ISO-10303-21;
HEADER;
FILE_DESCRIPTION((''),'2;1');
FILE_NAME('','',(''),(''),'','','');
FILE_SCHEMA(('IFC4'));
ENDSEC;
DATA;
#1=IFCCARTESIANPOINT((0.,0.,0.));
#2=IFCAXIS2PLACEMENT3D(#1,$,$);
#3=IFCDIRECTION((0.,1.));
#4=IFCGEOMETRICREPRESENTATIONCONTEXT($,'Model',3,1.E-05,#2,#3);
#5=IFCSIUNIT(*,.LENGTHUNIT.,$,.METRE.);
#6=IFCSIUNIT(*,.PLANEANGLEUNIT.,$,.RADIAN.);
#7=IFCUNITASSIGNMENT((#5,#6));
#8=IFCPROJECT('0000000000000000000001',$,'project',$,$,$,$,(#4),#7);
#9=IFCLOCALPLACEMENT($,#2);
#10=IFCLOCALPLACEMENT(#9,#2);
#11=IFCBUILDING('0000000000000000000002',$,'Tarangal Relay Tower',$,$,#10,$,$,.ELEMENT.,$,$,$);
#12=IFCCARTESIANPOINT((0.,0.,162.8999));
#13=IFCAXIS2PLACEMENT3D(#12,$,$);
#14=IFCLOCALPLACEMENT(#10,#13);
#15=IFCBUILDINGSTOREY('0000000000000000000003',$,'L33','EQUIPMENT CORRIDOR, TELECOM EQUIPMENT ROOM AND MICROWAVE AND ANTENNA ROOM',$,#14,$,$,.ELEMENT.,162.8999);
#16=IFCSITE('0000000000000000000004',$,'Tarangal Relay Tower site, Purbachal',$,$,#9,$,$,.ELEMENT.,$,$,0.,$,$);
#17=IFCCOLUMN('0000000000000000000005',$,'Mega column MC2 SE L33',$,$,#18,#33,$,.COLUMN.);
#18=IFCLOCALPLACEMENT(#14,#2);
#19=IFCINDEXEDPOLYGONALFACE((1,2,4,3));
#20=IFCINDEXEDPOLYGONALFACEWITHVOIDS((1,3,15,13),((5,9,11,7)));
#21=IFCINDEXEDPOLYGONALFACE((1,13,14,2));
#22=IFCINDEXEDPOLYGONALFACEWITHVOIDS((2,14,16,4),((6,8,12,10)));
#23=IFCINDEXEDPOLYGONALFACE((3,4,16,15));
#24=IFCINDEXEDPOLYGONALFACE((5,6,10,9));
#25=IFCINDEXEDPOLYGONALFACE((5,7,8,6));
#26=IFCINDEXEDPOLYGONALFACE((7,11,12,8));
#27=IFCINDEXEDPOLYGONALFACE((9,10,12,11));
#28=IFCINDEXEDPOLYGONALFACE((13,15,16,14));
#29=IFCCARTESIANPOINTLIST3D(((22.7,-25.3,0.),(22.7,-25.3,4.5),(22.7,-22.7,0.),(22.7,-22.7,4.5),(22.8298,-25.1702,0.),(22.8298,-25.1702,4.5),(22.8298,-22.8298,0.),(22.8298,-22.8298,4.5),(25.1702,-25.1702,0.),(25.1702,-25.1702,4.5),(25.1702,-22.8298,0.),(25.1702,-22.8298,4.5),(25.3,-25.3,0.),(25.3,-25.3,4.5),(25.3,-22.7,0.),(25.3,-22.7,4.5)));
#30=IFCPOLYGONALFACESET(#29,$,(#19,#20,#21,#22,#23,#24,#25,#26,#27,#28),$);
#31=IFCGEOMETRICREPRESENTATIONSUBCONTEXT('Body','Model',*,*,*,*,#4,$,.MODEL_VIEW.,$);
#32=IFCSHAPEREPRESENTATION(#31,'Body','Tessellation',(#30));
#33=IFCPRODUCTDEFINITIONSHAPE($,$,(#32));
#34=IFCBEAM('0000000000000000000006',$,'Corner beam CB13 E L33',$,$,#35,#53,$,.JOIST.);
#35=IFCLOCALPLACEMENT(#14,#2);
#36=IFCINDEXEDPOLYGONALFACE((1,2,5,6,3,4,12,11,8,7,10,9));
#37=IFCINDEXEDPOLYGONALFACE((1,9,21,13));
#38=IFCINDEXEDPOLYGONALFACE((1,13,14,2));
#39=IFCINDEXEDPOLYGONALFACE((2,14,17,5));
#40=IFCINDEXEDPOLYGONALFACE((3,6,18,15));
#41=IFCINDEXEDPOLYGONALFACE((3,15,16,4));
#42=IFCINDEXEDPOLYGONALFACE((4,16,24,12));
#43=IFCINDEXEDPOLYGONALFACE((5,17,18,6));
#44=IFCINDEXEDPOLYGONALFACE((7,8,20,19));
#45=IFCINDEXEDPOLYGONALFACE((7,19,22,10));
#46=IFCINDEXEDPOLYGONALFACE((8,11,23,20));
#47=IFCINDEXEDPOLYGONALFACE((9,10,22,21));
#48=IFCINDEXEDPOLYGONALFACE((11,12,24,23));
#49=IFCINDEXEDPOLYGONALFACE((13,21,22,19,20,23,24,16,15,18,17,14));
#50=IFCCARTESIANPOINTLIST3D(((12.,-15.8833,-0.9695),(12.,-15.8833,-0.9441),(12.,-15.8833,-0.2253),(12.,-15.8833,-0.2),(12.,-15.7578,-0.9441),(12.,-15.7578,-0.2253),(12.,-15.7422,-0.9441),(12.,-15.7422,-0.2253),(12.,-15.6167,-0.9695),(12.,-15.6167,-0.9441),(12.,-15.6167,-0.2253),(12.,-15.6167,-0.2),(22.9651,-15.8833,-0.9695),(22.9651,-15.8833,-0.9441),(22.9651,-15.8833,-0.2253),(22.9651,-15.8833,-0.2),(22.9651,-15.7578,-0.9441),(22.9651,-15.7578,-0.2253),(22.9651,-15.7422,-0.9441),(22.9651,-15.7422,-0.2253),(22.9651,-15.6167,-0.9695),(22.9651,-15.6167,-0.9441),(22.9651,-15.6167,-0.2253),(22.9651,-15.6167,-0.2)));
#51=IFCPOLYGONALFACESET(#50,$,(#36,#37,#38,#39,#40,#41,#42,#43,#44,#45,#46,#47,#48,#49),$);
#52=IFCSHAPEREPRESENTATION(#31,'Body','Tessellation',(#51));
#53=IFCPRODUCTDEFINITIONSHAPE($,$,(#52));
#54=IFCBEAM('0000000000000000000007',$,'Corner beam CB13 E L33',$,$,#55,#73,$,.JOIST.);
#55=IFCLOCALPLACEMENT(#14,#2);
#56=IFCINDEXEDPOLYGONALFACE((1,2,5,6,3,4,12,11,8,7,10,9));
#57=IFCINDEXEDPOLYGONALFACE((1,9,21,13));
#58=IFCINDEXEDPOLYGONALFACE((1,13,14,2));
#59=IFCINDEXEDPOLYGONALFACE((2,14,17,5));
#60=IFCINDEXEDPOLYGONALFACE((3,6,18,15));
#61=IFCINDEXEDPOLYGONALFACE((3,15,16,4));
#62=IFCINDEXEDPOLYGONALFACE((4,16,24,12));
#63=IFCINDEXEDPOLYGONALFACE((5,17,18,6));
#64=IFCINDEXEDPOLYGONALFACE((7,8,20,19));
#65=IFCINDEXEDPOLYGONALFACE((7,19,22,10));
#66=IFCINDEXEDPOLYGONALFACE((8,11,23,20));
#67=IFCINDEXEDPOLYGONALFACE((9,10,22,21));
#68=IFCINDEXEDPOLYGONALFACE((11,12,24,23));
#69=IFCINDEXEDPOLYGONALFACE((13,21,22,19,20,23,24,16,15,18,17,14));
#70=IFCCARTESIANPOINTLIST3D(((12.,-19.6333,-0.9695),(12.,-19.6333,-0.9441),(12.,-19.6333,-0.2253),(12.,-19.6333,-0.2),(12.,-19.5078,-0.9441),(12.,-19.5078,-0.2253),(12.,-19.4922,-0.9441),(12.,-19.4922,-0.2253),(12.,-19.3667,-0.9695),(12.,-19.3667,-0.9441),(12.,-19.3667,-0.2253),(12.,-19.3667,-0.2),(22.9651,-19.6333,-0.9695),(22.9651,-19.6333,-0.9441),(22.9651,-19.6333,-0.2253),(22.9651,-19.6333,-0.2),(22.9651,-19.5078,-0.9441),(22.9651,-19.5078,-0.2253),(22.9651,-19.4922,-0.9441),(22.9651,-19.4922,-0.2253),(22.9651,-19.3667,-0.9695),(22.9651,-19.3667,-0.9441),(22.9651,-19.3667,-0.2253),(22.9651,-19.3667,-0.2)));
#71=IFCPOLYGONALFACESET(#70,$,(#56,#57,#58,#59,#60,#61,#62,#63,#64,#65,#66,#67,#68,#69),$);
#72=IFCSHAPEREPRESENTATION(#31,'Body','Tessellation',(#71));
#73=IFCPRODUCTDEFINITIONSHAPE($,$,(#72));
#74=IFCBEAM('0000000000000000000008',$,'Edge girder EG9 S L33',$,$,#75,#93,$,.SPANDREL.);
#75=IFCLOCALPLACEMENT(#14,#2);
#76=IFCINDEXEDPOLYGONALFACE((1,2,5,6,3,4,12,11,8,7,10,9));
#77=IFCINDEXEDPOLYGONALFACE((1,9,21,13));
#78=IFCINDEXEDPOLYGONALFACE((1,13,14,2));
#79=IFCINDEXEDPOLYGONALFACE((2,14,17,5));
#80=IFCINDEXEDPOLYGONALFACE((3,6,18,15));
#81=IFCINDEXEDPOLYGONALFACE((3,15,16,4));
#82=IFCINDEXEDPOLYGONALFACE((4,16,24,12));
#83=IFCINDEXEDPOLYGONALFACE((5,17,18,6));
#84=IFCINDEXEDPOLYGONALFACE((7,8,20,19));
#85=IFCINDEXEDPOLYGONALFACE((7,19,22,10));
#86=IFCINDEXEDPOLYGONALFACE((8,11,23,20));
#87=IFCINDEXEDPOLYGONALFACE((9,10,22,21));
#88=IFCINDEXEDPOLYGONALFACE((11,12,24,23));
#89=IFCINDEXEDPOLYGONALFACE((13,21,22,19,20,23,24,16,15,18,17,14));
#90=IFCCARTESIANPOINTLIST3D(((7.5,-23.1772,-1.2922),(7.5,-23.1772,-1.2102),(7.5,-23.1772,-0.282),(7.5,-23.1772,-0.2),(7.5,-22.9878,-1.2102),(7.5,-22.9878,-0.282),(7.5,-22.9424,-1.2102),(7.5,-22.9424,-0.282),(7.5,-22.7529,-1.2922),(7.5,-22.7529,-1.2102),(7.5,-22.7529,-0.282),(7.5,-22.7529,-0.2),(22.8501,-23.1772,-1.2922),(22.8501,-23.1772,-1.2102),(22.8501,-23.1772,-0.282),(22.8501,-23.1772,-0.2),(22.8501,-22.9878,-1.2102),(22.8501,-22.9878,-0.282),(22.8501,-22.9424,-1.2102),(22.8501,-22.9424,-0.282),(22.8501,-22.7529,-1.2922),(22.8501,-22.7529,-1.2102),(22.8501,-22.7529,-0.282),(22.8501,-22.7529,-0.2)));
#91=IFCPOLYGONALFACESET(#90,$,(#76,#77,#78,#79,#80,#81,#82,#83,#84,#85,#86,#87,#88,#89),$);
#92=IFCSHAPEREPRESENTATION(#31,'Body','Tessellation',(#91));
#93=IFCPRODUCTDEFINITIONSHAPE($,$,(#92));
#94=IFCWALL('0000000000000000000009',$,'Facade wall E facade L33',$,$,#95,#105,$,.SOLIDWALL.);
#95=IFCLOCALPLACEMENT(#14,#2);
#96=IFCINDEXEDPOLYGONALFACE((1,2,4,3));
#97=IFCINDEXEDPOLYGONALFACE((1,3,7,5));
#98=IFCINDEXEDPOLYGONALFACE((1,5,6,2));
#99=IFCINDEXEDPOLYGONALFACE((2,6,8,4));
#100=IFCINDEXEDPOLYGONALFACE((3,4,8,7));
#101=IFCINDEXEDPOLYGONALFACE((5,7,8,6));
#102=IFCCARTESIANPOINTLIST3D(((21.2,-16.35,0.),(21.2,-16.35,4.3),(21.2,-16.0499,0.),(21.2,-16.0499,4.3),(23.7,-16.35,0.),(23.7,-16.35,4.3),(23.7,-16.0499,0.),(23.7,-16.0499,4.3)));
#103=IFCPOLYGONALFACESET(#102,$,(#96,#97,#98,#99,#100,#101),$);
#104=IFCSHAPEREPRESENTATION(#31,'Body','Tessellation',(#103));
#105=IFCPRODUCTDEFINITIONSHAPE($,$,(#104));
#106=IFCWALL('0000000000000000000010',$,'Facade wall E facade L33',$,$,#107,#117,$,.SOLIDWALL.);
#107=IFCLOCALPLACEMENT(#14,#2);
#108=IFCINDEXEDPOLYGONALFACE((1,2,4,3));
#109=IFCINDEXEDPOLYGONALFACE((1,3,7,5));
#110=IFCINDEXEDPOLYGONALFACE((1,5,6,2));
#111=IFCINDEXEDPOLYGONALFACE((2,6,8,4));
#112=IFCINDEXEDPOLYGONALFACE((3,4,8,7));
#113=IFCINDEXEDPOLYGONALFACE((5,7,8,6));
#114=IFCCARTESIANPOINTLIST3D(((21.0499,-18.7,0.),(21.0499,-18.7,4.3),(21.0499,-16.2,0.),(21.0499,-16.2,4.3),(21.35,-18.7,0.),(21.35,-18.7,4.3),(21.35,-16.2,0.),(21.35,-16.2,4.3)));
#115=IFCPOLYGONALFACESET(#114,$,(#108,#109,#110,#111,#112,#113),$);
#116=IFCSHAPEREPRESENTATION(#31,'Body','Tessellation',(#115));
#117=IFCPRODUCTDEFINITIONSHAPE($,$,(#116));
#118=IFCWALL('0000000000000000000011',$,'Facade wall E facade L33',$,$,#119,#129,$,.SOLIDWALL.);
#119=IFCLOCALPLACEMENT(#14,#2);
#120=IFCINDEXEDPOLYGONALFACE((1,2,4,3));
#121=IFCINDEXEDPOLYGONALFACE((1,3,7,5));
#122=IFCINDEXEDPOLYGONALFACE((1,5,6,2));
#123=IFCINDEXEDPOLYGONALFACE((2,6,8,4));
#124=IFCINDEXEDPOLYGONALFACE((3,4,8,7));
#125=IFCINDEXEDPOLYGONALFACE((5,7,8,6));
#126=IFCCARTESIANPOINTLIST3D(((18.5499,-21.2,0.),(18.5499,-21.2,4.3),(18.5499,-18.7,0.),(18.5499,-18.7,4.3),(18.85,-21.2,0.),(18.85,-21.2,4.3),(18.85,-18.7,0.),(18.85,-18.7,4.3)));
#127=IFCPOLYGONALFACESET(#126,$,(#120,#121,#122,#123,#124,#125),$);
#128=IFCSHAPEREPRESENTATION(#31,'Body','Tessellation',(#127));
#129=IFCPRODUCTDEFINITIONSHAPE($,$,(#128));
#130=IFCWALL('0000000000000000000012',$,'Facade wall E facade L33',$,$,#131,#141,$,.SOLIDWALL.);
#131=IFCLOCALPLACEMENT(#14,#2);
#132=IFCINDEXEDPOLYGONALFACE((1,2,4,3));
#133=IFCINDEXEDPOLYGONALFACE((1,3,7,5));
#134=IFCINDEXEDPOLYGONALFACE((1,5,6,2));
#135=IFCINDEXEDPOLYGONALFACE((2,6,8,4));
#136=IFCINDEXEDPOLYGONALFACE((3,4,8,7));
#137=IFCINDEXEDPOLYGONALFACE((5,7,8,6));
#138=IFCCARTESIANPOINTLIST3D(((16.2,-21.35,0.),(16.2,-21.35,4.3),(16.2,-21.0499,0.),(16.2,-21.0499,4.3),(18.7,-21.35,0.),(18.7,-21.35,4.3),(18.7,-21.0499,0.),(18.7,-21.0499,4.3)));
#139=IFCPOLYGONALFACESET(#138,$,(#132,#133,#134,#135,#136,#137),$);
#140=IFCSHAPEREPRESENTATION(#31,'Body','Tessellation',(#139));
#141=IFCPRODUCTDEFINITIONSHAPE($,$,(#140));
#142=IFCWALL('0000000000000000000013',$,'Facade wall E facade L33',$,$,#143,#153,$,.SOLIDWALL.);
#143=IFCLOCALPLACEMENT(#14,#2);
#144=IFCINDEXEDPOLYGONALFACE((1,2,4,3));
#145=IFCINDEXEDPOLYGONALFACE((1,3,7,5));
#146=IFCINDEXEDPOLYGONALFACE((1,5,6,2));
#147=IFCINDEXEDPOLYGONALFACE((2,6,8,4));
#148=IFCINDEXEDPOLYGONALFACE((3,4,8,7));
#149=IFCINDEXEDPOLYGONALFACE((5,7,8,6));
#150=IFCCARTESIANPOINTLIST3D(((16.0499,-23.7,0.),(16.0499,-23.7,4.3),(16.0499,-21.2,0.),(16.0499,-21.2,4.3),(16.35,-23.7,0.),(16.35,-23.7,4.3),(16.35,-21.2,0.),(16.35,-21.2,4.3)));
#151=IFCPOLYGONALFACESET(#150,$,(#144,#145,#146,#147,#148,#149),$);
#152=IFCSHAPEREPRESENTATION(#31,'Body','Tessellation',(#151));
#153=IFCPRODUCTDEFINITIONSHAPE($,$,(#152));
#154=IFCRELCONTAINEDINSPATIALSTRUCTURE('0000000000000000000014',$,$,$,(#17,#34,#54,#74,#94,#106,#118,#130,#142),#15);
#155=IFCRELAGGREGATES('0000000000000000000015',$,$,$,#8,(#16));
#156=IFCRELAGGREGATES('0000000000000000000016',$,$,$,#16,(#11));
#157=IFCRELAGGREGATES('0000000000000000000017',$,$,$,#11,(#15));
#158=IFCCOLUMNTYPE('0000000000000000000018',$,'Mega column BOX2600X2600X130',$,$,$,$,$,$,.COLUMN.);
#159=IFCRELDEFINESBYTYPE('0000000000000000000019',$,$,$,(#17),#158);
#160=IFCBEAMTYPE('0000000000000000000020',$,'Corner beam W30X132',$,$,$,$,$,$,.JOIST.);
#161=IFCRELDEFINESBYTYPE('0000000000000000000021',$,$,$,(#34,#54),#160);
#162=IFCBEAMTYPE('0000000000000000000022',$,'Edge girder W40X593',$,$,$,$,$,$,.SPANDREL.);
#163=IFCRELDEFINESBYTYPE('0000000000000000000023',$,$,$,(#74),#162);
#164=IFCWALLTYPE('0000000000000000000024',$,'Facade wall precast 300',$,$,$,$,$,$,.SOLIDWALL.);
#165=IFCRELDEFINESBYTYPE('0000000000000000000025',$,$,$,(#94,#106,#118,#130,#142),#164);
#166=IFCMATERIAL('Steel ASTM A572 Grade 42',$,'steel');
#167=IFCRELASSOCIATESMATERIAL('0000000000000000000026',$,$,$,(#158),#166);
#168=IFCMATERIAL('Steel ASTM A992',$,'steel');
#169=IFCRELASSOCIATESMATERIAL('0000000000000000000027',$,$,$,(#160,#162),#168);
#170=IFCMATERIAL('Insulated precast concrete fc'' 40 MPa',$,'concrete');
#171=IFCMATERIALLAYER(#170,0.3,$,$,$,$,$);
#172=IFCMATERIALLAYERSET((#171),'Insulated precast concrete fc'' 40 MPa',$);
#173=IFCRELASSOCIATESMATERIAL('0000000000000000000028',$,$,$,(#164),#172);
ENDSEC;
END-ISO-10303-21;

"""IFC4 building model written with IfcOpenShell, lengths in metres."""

from ifc_helpers import new_model, si_unit, direction, frame, frame_2d, origin, origin_2d, place, context, subcontext, project, spatial, rectangle, hollow_rectangle, i_section, extrude, material, layer, layer_set, material_profile, profile_set, type_object, element, save


model = new_model("IFC4")

# Units and contexts
model_context = context("Model", 3, precision=1e-05, world=origin(), true_north=direction((0.0, 1.0)))
body_context = subcontext(model_context, "Body", "Model", "MODEL_VIEW")
ifc_project = project(units=[si_unit("LENGTHUNIT", "METRE"), si_unit("PLANEANGLEUNIT", "RADIAN")], contexts=[model_context])

# Site, building, storey
site_placement = place(None, origin())
site = spatial("IfcSite", under=ifc_project, at=site_placement, Name="Tarangal Relay Tower site, Purbachal", CompositionType="ELEMENT", RefElevation=0.0)
building_placement = place(site_placement, origin())
building = spatial("IfcBuilding", under=site, at=building_placement, Name="Tarangal Relay Tower", CompositionType="ELEMENT")
storey_placement = place(building_placement, frame((0.0, 0.0, 162.8999)))
storey = spatial("IfcBuildingStorey", under=building, at=storey_placement, Name="L33", Description="EQUIPMENT CORRIDOR, TELECOM EQUIPMENT ROOM AND MICROWAVE AND ANTENNA ROOM", CompositionType="ELEMENT", Elevation=162.8999)

# Column
ifc_material_1 = material(Name="Steel ASTM A572 Grade 42", Category="steel")
ifc_material_profile_1 = material_profile(ifc_material_1, hollow_rectangle(XDim=2.6001, YDim=2.6001, WallThickness=0.1299, at=origin_2d()), Name="BOX2600X2600X130")
ifc_profile_set_1 = profile_set([ifc_material_profile_1], Name="Steel ASTM A572 Grade 42")
column_type = type_object("IfcColumnType", Name="Mega column BOX2600X2600X130", PredefinedType="COLUMN", material=ifc_profile_set_1)
column_placement = place(storey_placement, frame((24.0, -24.0, 0.0), z_axis=(0.0, 0.0, 1.0), x_axis=(1.0, 0.0, 0.0)))
element("IfcColumn", 1, at=column_placement, inside=storey, type_object=column_type, Name="Mega column MC2 SE L33", PredefinedType="COLUMN", context=body_context, shape_type="SweptSolid", body=[
    extrude(hollow_rectangle(XDim=2.6001, YDim=2.6001, WallThickness=0.1299, at=origin_2d()), origin(), (0.0, 0.0, 1.0), 4.5),
])

# Beams
ifc_material_2 = material(Name="Steel ASTM A992", Category="steel")
ifc_material_profile_2 = material_profile(ifc_material_2, i_section(OverallWidth=0.2666, OverallDepth=0.7695, WebThickness=0.0156, FlangeThickness=0.0254, at=origin_2d()), Name="W30X132")
ifc_profile_set_2 = profile_set([ifc_material_profile_2], Name="Steel ASTM A992")
beam_type_1 = type_object("IfcBeamType", Name="Corner beam W30X132", PredefinedType="JOIST", material=ifc_profile_set_2)
for number, where, z_axis, x_axis, name in (
    (2, (12.0, -15.75, -0.5847), (1.0, 0.0, 0.0), (0.0, 1.0, 0.0), "Corner beam CB13 E L33"),
    (3, (12.0, -19.5, -0.5847), (1.0, 0.0, 0.0), (0.0, 1.0, 0.0), "Corner beam CB13 E L33"),
):
    element("IfcBeam", number, at=place(storey_placement, frame(where, z_axis=z_axis, x_axis=x_axis)), inside=storey, type_object=beam_type_1, Name=name, PredefinedType="JOIST", context=body_context, shape_type="SweptSolid", body=[
        extrude(i_section(OverallWidth=0.2666, OverallDepth=0.7695, WebThickness=0.0156, FlangeThickness=0.0254, at=origin_2d()), origin(), (0.0, 0.0, 1.0), 10.9651),
    ])
ifc_material_profile_3 = material_profile(ifc_material_2, i_section(OverallWidth=0.4243, OverallDepth=1.0923, WebThickness=0.0454, FlangeThickness=0.082, at=origin_2d()), Name="W40X593")
ifc_profile_set_3 = profile_set([ifc_material_profile_3], Name="Steel ASTM A992")
beam_type_2 = type_object("IfcBeamType", Name="Edge girder W40X593", PredefinedType="SPANDREL", material=ifc_profile_set_3)
beam_placement = place(storey_placement, frame((22.8501, -22.9651, -0.7461), z_axis=(-1.0, 0.0, 0.0), x_axis=(0.0, -1.0, 0.0)))
element("IfcBeam", 4, at=beam_placement, inside=storey, type_object=beam_type_2, Name="Edge girder EG9 S L33", PredefinedType="SPANDREL", context=body_context, shape_type="SweptSolid", body=[
    extrude(i_section(OverallWidth=0.4243, OverallDepth=1.0923, WebThickness=0.0454, FlangeThickness=0.082, at=origin_2d()), origin(), (0.0, 0.0, 1.0), 15.3501),
])

# Walls
ifc_material_3 = material(Name="Insulated precast concrete fc' 40 MPa", Category="concrete")
ifc_layer_1 = layer(ifc_material_3, 0.3)
ifc_layer_set_1 = layer_set([ifc_layer_1], Name="Insulated precast concrete fc' 40 MPa")
wall_type_1 = type_object("IfcWallType", Name="Facade wall precast 300", PredefinedType="SOLIDWALL", material=ifc_layer_set_1)
for number, where, z_axis, x_axis, name in (
    (5, (23.7, -16.2, 0.0), (0.0, 0.0, 1.0), (-1.0, 0.0, 0.0), "Facade wall E facade L33"),
    (6, (21.2, -16.2, 0.0), (0.0, 0.0, 1.0), (0.0, -1.0, 0.0), "Facade wall E facade L33"),
):
    element("IfcWall", number, at=place(storey_placement, frame(where, z_axis=z_axis, x_axis=x_axis)), inside=storey, type_object=wall_type_1, Name=name, PredefinedType="SOLIDWALL", context=body_context, shape_type="SweptSolid", body=[
        extrude(rectangle(XDim=2.5, YDim=0.3, at=frame_2d((1.25, 0.0))), origin(), (0.0, 0.0, 1.0), 4.3),
    ])

# Walls
for number, where, z_axis, x_axis, name in (
    (7, (18.7, -18.7, 0.0), (0.0, 0.0, 1.0), (0.0, -1.0, 0.0), "Facade wall E facade L33"),
    (8, (18.7, -21.2, 0.0), (0.0, 0.0, 1.0), (-1.0, 0.0, 0.0), "Facade wall E facade L33"),
    (9, (16.2, -21.2, 0.0), (0.0, 0.0, 1.0), (0.0, -1.0, 0.0), "Facade wall E facade L33"),
):
    element("IfcWall", number, at=place(storey_placement, frame(where, z_axis=z_axis, x_axis=x_axis)), inside=storey, type_object=wall_type_1, Name=name, PredefinedType="SOLIDWALL", context=body_context, shape_type="SweptSolid", body=[
        extrude(rectangle(XDim=2.5, YDim=0.3, at=frame_2d((1.25, 0.0))), origin(), (0.0, 0.0, 1.0), 4.3),
    ])

save(model, "model.ifc")
